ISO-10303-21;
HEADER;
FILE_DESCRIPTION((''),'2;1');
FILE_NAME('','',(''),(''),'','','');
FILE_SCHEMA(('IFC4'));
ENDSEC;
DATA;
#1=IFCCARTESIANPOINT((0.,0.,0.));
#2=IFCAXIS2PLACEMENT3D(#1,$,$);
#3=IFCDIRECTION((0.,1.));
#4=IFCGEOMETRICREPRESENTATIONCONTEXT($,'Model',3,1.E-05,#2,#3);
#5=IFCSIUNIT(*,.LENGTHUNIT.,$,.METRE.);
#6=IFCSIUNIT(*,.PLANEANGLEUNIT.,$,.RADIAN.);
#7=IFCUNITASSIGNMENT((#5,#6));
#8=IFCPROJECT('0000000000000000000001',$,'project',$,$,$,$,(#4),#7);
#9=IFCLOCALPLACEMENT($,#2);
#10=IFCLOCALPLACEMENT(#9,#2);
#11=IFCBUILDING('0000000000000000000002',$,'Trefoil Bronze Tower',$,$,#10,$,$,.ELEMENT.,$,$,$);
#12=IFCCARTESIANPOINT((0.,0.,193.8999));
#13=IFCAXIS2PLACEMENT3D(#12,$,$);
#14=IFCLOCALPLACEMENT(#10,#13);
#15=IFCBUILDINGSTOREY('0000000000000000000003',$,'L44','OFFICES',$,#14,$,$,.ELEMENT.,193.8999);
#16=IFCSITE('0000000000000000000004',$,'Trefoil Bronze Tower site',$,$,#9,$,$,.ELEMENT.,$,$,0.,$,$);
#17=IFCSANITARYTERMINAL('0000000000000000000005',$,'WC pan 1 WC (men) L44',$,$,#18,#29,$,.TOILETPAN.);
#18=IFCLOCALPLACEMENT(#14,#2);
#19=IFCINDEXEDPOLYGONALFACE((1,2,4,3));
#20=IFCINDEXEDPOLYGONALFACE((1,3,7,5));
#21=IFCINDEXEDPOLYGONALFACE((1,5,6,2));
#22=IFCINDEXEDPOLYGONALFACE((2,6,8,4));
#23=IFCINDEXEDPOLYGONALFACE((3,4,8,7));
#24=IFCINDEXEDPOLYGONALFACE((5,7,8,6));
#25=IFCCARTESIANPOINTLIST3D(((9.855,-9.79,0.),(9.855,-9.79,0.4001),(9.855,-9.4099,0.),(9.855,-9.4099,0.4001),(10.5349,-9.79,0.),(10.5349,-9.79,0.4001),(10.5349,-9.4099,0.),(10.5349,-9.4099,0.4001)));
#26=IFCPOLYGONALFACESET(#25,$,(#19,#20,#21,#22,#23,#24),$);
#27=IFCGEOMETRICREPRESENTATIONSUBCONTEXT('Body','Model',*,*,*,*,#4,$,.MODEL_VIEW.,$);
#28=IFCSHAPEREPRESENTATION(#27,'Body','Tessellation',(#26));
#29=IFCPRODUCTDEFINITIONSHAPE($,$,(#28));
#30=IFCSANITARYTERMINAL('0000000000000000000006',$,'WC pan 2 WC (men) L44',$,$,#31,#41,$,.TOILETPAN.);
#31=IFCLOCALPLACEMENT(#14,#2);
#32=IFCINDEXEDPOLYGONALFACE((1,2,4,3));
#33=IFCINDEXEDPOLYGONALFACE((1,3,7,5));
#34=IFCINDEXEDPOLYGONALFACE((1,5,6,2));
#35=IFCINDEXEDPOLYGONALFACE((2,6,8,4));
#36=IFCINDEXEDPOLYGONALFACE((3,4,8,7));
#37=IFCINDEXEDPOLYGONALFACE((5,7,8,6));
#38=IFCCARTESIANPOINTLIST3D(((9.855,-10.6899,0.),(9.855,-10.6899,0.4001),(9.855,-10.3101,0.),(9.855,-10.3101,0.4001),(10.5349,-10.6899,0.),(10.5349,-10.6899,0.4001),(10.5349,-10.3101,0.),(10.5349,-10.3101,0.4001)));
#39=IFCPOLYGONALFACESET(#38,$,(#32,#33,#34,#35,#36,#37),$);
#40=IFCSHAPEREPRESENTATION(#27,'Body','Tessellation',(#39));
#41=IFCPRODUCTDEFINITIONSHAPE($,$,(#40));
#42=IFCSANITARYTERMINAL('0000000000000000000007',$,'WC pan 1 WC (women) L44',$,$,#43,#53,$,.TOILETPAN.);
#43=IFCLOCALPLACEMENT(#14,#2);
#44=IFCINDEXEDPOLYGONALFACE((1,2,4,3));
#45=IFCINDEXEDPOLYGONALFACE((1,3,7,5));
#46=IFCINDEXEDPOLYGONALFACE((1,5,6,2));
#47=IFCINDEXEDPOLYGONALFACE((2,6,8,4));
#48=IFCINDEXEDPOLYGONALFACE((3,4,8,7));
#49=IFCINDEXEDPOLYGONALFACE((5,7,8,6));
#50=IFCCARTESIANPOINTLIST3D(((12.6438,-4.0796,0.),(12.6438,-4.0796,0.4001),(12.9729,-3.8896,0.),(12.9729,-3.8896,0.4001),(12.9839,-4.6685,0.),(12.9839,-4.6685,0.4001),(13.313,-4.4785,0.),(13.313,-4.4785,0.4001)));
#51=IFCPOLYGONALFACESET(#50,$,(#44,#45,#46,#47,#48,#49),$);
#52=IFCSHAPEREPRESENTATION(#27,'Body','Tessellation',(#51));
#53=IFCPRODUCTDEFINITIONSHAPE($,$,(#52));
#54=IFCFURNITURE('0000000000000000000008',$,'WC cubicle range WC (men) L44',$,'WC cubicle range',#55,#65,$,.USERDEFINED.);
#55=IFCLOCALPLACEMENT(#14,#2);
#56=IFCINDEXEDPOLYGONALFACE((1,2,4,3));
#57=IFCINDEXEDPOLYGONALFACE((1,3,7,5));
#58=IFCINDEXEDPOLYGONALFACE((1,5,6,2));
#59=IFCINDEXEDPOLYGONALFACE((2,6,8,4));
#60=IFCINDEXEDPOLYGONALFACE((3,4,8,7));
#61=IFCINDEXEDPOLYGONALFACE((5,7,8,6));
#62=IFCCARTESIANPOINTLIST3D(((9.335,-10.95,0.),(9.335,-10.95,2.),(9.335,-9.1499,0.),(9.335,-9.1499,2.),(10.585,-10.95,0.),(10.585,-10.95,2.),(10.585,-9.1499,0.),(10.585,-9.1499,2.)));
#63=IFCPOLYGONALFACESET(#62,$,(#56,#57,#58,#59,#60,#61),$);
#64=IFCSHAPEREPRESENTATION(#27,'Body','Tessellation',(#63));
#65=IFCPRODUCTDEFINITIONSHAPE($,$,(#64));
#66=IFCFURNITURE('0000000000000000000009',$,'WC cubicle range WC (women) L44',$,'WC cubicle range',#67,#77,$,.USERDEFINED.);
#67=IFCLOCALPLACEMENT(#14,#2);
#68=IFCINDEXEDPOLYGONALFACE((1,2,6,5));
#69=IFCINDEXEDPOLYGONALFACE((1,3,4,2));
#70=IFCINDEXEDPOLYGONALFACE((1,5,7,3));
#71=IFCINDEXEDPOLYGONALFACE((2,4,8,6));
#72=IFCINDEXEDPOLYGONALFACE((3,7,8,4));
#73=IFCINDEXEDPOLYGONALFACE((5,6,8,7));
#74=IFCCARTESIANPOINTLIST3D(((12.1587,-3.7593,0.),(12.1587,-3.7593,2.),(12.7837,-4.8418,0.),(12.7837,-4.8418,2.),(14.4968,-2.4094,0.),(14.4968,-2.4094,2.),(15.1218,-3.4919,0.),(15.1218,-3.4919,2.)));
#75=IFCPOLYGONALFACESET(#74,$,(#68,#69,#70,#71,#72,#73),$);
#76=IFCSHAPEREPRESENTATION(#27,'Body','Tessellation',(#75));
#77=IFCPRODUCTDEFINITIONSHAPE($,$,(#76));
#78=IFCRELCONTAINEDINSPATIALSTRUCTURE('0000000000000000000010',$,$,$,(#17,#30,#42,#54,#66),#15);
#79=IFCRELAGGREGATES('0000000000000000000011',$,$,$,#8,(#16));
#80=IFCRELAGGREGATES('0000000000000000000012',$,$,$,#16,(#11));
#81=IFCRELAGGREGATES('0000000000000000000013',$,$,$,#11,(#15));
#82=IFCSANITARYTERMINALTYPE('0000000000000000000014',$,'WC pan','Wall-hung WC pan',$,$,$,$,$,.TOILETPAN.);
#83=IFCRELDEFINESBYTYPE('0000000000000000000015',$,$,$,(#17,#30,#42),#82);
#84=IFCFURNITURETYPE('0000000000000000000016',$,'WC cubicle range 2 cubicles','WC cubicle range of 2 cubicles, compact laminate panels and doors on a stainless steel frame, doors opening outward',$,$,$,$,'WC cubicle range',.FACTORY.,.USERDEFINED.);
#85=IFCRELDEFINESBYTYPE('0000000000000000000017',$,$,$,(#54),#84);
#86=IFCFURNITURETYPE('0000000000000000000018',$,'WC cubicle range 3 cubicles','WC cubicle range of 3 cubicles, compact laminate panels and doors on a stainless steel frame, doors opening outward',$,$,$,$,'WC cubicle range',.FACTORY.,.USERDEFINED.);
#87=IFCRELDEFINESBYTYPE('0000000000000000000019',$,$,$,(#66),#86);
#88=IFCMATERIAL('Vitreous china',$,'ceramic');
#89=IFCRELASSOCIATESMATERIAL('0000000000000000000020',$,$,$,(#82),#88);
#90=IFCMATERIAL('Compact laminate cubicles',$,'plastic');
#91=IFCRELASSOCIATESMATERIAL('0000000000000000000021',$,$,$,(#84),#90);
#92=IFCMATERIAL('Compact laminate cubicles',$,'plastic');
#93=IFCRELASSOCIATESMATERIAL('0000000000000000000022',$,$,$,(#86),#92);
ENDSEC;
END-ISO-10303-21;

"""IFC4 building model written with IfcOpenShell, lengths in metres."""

from ifc_helpers import new_model, si_unit, direction, frame, origin, place, context, subcontext, project, spatial, polyline, outline, extrude, material, type_object, element, save


model = new_model("IFC4")

# Units and contexts
model_context = context("Model", 3, precision=1e-05, world=origin(), true_north=direction((0.0, 1.0)))
body_context = subcontext(model_context, "Body", "Model", "MODEL_VIEW")
ifc_project = project(units=[si_unit("LENGTHUNIT", "METRE"), si_unit("PLANEANGLEUNIT", "RADIAN")], contexts=[model_context])

# Site, building, storey
site_placement = place(None, origin())
site = spatial("IfcSite", under=ifc_project, at=site_placement, Name="Trefoil Bronze Tower site", CompositionType="ELEMENT", RefElevation=0.0)
building_placement = place(site_placement, origin())
building = spatial("IfcBuilding", under=site, at=building_placement, Name="Trefoil Bronze Tower", CompositionType="ELEMENT")
storey_placement = place(building_placement, frame((0.0, 0.0, 193.8999)))
storey = spatial("IfcBuildingStorey", under=building, at=storey_placement, Name="L44", Description="OFFICES", CompositionType="ELEMENT", Elevation=193.8999)

# Sanitary terminals
ifc_material_1 = material(Name="Vitreous china", Category="ceramic")
sanitary_terminal_type_1 = type_object("IfcSanitaryTerminalType", Name="WC pan", Description="Wall-hung WC pan", PredefinedType="TOILETPAN", material=ifc_material_1)
sanitary_terminal_1_placement = place(storey_placement, origin())
element("IfcSanitaryTerminal", 1, at=sanitary_terminal_1_placement, inside=storey, type_object=sanitary_terminal_type_1, Name="WC pan 1 WC (men) L44", PredefinedType="TOILETPAN", context=body_context, shape_type="SweptSolid", body=[
    extrude(outline(polyline([(9.855, -9.4099), (10.5349, -9.4099), (10.5349, -9.79), (9.855, -9.79), (9.855, -9.4099)])), origin(), (0.0, 0.0, 1.0), 0.4001),
])
sanitary_terminal_2_placement = place(storey_placement, origin())
element("IfcSanitaryTerminal", 2, at=sanitary_terminal_2_placement, inside=storey, type_object=sanitary_terminal_type_1, Name="WC pan 2 WC (men) L44", PredefinedType="TOILETPAN", context=body_context, shape_type="SweptSolid", body=[
    extrude(outline(polyline([(9.855, -10.3101), (10.5349, -10.3101), (10.5349, -10.6899), (9.855, -10.6899), (9.855, -10.3101)])), origin(), (0.0, 0.0, 1.0), 0.4001),
])
sanitary_terminal_3_placement = place(storey_placement, origin())
element("IfcSanitaryTerminal", 3, at=sanitary_terminal_3_placement, inside=storey, type_object=sanitary_terminal_type_1, Name="WC pan 1 WC (women) L44", PredefinedType="TOILETPAN", context=body_context, shape_type="SweptSolid", body=[
    extrude(outline(polyline([(12.6438, -4.0796), (12.9839, -4.6685), (13.313, -4.4785), (12.9729, -3.8896), (12.6438, -4.0796)])), origin(), (0.0, 0.0, 1.0), 0.4001),
])

# Furniture
ifc_material_2 = material(Name="Compact laminate cubicles", Category="plastic")
furniture_type_1 = type_object("IfcFurnitureType", Name="WC cubicle range 2 cubicles", Description="WC cubicle range of 2 cubicles, compact laminate panels and doors on a stainless steel frame, doors opening outward", ElementType="WC cubicle range", AssemblyPlace="FACTORY", PredefinedType="USERDEFINED", material=ifc_material_2)
furniture_1_placement = place(storey_placement, origin())
element("IfcFurniture", 4, at=furniture_1_placement, inside=storey, type_object=furniture_type_1, Name="WC cubicle range WC (men) L44", ObjectType="WC cubicle range", PredefinedType="USERDEFINED", context=body_context, shape_type="SweptSolid", body=[
    extrude(outline(polyline([(9.335, -9.1499), (10.585, -9.1499), (10.585, -10.95), (9.335, -10.95), (9.335, -9.1499)])), origin(), (0.0, 0.0, 1.0), 2.0),
])
ifc_material_3 = material(Name="Compact laminate cubicles", Category="plastic")
furniture_type_2 = type_object("IfcFurnitureType", Name="WC cubicle range 3 cubicles", Description="WC cubicle range of 3 cubicles, compact laminate panels and doors on a stainless steel frame, doors opening outward", ElementType="WC cubicle range", AssemblyPlace="FACTORY", PredefinedType="USERDEFINED", material=ifc_material_3)
furniture_2_placement = place(storey_placement, origin())
element("IfcFurniture", 5, at=furniture_2_placement, inside=storey, type_object=furniture_type_2, Name="WC cubicle range WC (women) L44", ObjectType="WC cubicle range", PredefinedType="USERDEFINED", context=body_context, shape_type="SweptSolid", body=[
    extrude(outline(polyline([(12.1587, -3.7593), (12.7837, -4.8418), (15.1218, -3.4919), (14.4968, -2.4094), (12.1587, -3.7593)])), origin(), (0.0, 0.0, 1.0), 2.0),
])

save(model, "model.ifc")
